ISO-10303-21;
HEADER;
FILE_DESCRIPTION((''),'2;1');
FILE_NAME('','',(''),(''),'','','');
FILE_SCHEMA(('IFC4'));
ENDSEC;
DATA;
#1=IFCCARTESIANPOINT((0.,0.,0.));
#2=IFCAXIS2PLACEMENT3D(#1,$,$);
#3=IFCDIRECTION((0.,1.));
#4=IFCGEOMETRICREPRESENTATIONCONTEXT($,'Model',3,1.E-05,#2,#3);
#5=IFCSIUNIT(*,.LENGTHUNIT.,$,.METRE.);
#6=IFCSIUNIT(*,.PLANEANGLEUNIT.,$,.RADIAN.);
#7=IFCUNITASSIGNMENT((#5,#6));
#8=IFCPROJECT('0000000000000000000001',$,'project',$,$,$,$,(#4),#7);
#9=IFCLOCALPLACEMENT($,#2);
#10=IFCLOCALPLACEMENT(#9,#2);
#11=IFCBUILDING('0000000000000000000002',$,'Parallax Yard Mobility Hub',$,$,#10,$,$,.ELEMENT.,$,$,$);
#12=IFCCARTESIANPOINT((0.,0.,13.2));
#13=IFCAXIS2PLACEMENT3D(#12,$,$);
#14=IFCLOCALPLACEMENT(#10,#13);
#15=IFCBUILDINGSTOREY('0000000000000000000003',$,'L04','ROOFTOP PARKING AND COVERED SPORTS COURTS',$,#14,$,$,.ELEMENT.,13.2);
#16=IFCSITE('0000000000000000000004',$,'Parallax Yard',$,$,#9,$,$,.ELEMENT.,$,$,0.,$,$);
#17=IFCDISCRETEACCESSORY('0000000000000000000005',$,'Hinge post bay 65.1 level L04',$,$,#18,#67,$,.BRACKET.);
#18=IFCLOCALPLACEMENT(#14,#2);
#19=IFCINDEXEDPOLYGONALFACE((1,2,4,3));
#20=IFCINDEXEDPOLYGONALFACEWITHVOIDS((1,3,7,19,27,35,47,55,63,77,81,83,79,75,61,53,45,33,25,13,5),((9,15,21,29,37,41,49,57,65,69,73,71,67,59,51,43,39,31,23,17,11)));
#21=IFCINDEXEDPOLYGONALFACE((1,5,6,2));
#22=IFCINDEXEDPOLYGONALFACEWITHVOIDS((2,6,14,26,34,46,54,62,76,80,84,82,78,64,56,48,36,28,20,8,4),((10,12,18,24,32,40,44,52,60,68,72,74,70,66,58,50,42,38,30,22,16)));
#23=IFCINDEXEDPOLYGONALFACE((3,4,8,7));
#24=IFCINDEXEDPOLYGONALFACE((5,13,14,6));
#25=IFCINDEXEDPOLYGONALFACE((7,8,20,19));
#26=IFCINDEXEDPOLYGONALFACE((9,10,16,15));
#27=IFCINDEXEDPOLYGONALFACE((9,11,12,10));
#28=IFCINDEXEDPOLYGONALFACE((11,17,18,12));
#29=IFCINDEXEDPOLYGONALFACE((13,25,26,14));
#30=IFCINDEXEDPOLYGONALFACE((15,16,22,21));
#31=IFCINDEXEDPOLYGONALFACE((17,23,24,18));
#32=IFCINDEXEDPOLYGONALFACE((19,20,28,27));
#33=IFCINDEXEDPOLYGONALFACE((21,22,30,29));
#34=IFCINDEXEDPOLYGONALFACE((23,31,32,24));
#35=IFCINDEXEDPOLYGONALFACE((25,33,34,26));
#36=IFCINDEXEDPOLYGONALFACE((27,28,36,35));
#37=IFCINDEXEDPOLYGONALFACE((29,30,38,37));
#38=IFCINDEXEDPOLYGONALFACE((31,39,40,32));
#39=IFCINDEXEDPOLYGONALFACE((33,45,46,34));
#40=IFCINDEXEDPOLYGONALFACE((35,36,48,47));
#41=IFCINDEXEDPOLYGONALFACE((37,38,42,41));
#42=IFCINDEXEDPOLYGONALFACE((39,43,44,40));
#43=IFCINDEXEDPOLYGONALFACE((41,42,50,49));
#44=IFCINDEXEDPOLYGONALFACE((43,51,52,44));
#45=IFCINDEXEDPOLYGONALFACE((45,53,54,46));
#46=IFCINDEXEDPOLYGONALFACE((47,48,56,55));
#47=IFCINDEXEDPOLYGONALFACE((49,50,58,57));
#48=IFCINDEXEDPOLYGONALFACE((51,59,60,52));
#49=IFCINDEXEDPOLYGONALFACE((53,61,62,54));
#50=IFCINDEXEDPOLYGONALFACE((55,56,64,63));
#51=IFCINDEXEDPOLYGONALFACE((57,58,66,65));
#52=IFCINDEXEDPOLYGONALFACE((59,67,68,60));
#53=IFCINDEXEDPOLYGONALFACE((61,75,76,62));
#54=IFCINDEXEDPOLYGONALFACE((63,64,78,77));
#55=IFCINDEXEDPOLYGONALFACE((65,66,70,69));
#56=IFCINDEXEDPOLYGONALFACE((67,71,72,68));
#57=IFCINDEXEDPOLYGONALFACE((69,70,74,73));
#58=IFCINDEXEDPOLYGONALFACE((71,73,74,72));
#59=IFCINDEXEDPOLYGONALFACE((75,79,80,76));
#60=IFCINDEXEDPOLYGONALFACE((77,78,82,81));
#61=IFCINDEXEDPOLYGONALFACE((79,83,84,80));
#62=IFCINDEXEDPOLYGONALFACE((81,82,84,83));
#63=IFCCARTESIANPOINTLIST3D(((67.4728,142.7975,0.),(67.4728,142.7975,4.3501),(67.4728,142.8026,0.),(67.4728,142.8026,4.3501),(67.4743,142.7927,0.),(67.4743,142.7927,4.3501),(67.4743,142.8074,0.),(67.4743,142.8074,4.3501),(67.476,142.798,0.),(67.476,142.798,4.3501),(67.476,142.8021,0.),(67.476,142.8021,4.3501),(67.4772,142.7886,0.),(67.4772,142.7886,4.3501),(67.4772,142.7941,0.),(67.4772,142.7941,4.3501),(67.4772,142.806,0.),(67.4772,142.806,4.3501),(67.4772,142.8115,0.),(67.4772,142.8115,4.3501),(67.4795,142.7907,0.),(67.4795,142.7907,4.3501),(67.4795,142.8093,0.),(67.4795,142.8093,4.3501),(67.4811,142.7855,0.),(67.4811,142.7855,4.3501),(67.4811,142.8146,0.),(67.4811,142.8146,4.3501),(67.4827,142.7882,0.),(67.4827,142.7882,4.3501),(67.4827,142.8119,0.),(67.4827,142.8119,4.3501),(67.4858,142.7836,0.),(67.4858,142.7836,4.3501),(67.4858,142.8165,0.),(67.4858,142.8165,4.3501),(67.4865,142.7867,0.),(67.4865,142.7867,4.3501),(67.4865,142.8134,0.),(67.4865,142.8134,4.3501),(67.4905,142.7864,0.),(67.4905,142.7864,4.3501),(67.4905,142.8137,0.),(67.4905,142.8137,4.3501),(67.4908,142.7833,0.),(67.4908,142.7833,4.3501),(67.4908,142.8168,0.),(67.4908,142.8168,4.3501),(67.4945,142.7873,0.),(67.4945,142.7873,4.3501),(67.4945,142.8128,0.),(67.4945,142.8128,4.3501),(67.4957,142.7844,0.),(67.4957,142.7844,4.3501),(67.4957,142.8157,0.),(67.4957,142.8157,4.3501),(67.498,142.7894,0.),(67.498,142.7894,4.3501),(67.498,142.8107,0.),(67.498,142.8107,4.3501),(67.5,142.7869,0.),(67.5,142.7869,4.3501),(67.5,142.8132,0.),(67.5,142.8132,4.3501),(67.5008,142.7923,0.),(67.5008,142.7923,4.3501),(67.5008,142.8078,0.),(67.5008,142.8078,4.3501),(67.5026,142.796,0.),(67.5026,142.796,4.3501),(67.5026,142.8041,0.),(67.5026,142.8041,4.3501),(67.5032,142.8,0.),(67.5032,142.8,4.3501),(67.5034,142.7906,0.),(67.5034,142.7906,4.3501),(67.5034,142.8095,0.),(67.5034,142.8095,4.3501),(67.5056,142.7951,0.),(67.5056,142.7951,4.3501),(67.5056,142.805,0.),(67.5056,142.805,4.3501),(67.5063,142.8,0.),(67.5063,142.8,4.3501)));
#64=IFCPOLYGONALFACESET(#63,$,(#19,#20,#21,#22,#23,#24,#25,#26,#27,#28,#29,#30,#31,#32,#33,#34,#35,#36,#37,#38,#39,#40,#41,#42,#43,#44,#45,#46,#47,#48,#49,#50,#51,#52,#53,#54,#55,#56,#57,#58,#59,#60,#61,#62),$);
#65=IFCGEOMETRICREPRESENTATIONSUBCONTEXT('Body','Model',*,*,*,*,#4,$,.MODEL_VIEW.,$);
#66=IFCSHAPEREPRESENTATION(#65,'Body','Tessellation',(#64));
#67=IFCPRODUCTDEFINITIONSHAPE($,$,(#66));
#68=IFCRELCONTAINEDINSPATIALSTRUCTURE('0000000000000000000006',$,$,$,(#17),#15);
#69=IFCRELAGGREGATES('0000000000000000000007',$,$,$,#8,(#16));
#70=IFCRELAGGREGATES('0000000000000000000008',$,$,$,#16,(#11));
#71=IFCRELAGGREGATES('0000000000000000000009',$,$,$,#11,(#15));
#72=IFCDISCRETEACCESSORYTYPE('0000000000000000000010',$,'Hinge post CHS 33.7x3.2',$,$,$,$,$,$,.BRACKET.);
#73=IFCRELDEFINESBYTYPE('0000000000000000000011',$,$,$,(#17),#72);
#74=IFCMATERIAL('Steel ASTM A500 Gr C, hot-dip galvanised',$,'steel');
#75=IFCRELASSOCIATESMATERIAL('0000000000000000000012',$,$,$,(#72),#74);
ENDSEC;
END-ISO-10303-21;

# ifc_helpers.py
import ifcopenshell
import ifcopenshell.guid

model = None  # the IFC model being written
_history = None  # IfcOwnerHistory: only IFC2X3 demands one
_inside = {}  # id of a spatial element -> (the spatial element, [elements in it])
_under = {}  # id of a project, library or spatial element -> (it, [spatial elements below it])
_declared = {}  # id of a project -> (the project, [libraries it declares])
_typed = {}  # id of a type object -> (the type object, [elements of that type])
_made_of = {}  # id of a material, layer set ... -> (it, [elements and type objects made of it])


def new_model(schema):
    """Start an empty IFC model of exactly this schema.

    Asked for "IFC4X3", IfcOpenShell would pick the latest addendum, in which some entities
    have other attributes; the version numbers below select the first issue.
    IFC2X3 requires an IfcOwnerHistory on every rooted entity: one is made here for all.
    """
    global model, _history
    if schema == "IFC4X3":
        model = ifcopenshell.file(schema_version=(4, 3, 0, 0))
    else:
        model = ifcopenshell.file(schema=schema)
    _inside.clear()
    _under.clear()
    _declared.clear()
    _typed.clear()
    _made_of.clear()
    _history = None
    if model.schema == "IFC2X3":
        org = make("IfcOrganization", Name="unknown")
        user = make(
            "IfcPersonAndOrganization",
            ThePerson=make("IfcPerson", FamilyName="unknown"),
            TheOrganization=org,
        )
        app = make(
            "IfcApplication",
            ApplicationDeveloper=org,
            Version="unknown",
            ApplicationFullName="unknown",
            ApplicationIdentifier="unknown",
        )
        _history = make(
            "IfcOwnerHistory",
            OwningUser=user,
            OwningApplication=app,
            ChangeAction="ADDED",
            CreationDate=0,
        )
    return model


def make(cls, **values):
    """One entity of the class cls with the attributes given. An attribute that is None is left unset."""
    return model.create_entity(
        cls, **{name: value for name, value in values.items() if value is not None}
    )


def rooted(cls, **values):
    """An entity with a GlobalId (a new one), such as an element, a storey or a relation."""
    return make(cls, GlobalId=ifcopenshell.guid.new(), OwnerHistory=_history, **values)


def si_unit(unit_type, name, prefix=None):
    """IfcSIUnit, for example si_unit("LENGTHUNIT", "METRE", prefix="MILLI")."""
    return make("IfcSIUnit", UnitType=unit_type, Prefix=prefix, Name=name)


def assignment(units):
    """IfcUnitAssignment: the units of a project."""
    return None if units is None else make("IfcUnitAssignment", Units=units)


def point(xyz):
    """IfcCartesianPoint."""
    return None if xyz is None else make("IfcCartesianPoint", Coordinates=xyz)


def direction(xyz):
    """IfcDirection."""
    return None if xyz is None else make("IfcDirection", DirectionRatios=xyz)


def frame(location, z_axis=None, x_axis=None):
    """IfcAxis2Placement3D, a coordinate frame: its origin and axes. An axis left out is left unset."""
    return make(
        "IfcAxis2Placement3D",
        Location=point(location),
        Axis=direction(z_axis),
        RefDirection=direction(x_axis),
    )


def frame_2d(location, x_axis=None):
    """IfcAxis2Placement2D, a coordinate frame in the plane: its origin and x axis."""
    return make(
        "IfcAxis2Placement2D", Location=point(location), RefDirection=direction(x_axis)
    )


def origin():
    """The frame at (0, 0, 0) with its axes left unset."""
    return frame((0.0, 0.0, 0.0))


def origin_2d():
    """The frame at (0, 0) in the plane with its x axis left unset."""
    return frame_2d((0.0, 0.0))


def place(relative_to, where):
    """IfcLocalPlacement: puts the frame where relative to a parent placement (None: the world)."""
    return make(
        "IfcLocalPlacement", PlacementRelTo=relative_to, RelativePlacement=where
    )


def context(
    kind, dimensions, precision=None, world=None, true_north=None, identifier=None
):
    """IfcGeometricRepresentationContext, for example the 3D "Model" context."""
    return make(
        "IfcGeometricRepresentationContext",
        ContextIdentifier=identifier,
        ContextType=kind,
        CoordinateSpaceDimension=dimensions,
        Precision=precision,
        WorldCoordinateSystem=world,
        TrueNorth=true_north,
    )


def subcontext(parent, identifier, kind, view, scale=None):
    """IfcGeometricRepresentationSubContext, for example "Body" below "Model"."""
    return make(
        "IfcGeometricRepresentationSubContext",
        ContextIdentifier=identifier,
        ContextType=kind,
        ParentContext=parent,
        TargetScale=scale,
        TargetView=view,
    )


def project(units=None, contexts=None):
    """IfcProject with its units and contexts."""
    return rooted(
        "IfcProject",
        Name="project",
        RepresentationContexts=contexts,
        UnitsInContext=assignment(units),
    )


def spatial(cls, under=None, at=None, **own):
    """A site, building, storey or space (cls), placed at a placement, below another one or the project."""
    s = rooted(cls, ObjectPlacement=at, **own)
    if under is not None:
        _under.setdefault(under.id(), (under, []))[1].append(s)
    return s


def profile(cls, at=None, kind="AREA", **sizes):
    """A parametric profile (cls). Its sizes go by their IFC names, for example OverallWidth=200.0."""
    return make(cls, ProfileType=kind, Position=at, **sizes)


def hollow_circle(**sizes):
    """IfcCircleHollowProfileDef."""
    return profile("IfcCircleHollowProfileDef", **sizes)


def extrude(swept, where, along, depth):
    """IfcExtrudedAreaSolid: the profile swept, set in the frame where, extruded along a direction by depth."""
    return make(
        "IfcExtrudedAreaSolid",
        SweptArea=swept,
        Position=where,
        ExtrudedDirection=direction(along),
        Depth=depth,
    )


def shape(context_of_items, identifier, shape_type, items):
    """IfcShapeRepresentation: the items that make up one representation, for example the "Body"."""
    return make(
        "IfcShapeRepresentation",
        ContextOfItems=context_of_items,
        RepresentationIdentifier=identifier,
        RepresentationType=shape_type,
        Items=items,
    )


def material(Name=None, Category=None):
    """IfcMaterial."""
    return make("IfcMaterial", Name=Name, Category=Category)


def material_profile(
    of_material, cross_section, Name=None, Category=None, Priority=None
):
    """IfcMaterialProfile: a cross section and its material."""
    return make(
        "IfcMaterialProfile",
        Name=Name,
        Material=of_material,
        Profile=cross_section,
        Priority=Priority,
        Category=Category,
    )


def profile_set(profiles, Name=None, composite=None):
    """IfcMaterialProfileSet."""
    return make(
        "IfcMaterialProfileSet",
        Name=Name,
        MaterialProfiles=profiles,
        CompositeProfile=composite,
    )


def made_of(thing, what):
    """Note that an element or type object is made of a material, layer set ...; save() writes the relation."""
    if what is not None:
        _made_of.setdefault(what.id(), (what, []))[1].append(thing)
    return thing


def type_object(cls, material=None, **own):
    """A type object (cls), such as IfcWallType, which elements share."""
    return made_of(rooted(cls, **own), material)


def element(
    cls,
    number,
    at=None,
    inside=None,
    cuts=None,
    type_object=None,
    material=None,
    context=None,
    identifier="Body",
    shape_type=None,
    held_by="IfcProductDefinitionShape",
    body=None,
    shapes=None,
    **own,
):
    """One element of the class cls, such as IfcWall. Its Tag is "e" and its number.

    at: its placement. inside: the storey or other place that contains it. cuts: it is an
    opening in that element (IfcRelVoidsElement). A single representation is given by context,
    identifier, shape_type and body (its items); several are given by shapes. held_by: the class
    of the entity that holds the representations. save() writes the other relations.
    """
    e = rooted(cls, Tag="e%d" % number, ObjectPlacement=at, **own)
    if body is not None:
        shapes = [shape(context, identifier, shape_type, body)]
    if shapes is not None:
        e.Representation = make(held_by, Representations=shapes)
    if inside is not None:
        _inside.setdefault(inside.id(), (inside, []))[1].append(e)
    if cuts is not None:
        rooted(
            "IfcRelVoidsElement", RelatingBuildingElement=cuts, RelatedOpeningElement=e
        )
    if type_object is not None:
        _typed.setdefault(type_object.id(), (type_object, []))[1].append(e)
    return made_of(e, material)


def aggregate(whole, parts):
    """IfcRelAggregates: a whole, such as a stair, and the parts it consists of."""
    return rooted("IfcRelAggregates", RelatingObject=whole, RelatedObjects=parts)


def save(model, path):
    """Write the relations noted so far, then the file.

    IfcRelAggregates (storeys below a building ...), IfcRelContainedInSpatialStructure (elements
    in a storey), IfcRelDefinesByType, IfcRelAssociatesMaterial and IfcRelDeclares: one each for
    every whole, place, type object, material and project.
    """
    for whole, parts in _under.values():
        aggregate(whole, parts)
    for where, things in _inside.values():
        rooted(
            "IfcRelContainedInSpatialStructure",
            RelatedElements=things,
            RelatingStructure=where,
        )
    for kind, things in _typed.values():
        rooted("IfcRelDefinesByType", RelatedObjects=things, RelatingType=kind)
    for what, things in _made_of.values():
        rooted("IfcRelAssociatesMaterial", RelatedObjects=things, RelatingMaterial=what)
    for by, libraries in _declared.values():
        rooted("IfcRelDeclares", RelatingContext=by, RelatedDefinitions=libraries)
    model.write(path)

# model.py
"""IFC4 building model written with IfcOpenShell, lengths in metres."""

from ifc_helpers import new_model, si_unit, direction, frame, origin, origin_2d, place, context, subcontext, project, spatial, hollow_circle, extrude, material, material_profile, profile_set, type_object, element, save


model = new_model("IFC4")

# Units and contexts
model_context = context("Model", 3, precision=1e-05, world=origin(), true_north=direction((0.0, 1.0)))
body_context = subcontext(model_context, "Body", "Model", "MODEL_VIEW")
ifc_project = project(units=[si_unit("LENGTHUNIT", "METRE"), si_unit("PLANEANGLEUNIT", "RADIAN")], contexts=[model_context])

# Site, building, storey
site_placement = place(None, origin())
site = spatial("IfcSite", under=ifc_project, at=site_placement, Name="Parallax Yard", CompositionType="ELEMENT", RefElevation=0.0)
building_placement = place(site_placement, origin())
building = spatial("IfcBuilding", under=site, at=building_placement, Name="Parallax Yard Mobility Hub", CompositionType="ELEMENT")
storey_placement = place(building_placement, frame((0.0, 0.0, 13.2)))
storey = spatial("IfcBuildingStorey", under=building, at=storey_placement, Name="L04", Description="ROOFTOP PARKING AND COVERED SPORTS COURTS", CompositionType="ELEMENT", Elevation=13.2)

# Discrete accessory
ifc_material_1 = material(Name="Steel ASTM A500 Gr C, hot-dip galvanised", Category="steel")
ifc_material_profile = material_profile(ifc_material_1, hollow_circle(Radius=0.0168, WallThickness=0.0032, at=origin_2d()), Name="CHS 33.7x3.2")
ifc_profile_set = profile_set([ifc_material_profile], Name="Steel ASTM A500 Gr C, hot-dip galvanised")
discrete_accessory_type = type_object("IfcDiscreteAccessoryType", Name="Hinge post CHS 33.7x3.2", PredefinedType="BRACKET", material=ifc_profile_set)
for number, where, z_axis, x_axis, name in (
    (1, (67.4895, 142.8, 0.0), (0.0, 0.0, 1.0), (1.0, 0.0, 0.0), "Hinge post bay 65.1 level L04"),
):
    element("IfcDiscreteAccessory", number, at=place(storey_placement, frame(where, z_axis=z_axis, x_axis=x_axis)), inside=storey, type_object=discrete_accessory_type, Name=name, PredefinedType="BRACKET", context=body_context, shape_type="SweptSolid", body=[
        extrude(hollow_circle(Radius=0.0168, WallThickness=0.0032, at=origin_2d()), origin(), (0.0, 0.0, 1.0), 4.3501),
    ])

save(model, "model.ifc")
